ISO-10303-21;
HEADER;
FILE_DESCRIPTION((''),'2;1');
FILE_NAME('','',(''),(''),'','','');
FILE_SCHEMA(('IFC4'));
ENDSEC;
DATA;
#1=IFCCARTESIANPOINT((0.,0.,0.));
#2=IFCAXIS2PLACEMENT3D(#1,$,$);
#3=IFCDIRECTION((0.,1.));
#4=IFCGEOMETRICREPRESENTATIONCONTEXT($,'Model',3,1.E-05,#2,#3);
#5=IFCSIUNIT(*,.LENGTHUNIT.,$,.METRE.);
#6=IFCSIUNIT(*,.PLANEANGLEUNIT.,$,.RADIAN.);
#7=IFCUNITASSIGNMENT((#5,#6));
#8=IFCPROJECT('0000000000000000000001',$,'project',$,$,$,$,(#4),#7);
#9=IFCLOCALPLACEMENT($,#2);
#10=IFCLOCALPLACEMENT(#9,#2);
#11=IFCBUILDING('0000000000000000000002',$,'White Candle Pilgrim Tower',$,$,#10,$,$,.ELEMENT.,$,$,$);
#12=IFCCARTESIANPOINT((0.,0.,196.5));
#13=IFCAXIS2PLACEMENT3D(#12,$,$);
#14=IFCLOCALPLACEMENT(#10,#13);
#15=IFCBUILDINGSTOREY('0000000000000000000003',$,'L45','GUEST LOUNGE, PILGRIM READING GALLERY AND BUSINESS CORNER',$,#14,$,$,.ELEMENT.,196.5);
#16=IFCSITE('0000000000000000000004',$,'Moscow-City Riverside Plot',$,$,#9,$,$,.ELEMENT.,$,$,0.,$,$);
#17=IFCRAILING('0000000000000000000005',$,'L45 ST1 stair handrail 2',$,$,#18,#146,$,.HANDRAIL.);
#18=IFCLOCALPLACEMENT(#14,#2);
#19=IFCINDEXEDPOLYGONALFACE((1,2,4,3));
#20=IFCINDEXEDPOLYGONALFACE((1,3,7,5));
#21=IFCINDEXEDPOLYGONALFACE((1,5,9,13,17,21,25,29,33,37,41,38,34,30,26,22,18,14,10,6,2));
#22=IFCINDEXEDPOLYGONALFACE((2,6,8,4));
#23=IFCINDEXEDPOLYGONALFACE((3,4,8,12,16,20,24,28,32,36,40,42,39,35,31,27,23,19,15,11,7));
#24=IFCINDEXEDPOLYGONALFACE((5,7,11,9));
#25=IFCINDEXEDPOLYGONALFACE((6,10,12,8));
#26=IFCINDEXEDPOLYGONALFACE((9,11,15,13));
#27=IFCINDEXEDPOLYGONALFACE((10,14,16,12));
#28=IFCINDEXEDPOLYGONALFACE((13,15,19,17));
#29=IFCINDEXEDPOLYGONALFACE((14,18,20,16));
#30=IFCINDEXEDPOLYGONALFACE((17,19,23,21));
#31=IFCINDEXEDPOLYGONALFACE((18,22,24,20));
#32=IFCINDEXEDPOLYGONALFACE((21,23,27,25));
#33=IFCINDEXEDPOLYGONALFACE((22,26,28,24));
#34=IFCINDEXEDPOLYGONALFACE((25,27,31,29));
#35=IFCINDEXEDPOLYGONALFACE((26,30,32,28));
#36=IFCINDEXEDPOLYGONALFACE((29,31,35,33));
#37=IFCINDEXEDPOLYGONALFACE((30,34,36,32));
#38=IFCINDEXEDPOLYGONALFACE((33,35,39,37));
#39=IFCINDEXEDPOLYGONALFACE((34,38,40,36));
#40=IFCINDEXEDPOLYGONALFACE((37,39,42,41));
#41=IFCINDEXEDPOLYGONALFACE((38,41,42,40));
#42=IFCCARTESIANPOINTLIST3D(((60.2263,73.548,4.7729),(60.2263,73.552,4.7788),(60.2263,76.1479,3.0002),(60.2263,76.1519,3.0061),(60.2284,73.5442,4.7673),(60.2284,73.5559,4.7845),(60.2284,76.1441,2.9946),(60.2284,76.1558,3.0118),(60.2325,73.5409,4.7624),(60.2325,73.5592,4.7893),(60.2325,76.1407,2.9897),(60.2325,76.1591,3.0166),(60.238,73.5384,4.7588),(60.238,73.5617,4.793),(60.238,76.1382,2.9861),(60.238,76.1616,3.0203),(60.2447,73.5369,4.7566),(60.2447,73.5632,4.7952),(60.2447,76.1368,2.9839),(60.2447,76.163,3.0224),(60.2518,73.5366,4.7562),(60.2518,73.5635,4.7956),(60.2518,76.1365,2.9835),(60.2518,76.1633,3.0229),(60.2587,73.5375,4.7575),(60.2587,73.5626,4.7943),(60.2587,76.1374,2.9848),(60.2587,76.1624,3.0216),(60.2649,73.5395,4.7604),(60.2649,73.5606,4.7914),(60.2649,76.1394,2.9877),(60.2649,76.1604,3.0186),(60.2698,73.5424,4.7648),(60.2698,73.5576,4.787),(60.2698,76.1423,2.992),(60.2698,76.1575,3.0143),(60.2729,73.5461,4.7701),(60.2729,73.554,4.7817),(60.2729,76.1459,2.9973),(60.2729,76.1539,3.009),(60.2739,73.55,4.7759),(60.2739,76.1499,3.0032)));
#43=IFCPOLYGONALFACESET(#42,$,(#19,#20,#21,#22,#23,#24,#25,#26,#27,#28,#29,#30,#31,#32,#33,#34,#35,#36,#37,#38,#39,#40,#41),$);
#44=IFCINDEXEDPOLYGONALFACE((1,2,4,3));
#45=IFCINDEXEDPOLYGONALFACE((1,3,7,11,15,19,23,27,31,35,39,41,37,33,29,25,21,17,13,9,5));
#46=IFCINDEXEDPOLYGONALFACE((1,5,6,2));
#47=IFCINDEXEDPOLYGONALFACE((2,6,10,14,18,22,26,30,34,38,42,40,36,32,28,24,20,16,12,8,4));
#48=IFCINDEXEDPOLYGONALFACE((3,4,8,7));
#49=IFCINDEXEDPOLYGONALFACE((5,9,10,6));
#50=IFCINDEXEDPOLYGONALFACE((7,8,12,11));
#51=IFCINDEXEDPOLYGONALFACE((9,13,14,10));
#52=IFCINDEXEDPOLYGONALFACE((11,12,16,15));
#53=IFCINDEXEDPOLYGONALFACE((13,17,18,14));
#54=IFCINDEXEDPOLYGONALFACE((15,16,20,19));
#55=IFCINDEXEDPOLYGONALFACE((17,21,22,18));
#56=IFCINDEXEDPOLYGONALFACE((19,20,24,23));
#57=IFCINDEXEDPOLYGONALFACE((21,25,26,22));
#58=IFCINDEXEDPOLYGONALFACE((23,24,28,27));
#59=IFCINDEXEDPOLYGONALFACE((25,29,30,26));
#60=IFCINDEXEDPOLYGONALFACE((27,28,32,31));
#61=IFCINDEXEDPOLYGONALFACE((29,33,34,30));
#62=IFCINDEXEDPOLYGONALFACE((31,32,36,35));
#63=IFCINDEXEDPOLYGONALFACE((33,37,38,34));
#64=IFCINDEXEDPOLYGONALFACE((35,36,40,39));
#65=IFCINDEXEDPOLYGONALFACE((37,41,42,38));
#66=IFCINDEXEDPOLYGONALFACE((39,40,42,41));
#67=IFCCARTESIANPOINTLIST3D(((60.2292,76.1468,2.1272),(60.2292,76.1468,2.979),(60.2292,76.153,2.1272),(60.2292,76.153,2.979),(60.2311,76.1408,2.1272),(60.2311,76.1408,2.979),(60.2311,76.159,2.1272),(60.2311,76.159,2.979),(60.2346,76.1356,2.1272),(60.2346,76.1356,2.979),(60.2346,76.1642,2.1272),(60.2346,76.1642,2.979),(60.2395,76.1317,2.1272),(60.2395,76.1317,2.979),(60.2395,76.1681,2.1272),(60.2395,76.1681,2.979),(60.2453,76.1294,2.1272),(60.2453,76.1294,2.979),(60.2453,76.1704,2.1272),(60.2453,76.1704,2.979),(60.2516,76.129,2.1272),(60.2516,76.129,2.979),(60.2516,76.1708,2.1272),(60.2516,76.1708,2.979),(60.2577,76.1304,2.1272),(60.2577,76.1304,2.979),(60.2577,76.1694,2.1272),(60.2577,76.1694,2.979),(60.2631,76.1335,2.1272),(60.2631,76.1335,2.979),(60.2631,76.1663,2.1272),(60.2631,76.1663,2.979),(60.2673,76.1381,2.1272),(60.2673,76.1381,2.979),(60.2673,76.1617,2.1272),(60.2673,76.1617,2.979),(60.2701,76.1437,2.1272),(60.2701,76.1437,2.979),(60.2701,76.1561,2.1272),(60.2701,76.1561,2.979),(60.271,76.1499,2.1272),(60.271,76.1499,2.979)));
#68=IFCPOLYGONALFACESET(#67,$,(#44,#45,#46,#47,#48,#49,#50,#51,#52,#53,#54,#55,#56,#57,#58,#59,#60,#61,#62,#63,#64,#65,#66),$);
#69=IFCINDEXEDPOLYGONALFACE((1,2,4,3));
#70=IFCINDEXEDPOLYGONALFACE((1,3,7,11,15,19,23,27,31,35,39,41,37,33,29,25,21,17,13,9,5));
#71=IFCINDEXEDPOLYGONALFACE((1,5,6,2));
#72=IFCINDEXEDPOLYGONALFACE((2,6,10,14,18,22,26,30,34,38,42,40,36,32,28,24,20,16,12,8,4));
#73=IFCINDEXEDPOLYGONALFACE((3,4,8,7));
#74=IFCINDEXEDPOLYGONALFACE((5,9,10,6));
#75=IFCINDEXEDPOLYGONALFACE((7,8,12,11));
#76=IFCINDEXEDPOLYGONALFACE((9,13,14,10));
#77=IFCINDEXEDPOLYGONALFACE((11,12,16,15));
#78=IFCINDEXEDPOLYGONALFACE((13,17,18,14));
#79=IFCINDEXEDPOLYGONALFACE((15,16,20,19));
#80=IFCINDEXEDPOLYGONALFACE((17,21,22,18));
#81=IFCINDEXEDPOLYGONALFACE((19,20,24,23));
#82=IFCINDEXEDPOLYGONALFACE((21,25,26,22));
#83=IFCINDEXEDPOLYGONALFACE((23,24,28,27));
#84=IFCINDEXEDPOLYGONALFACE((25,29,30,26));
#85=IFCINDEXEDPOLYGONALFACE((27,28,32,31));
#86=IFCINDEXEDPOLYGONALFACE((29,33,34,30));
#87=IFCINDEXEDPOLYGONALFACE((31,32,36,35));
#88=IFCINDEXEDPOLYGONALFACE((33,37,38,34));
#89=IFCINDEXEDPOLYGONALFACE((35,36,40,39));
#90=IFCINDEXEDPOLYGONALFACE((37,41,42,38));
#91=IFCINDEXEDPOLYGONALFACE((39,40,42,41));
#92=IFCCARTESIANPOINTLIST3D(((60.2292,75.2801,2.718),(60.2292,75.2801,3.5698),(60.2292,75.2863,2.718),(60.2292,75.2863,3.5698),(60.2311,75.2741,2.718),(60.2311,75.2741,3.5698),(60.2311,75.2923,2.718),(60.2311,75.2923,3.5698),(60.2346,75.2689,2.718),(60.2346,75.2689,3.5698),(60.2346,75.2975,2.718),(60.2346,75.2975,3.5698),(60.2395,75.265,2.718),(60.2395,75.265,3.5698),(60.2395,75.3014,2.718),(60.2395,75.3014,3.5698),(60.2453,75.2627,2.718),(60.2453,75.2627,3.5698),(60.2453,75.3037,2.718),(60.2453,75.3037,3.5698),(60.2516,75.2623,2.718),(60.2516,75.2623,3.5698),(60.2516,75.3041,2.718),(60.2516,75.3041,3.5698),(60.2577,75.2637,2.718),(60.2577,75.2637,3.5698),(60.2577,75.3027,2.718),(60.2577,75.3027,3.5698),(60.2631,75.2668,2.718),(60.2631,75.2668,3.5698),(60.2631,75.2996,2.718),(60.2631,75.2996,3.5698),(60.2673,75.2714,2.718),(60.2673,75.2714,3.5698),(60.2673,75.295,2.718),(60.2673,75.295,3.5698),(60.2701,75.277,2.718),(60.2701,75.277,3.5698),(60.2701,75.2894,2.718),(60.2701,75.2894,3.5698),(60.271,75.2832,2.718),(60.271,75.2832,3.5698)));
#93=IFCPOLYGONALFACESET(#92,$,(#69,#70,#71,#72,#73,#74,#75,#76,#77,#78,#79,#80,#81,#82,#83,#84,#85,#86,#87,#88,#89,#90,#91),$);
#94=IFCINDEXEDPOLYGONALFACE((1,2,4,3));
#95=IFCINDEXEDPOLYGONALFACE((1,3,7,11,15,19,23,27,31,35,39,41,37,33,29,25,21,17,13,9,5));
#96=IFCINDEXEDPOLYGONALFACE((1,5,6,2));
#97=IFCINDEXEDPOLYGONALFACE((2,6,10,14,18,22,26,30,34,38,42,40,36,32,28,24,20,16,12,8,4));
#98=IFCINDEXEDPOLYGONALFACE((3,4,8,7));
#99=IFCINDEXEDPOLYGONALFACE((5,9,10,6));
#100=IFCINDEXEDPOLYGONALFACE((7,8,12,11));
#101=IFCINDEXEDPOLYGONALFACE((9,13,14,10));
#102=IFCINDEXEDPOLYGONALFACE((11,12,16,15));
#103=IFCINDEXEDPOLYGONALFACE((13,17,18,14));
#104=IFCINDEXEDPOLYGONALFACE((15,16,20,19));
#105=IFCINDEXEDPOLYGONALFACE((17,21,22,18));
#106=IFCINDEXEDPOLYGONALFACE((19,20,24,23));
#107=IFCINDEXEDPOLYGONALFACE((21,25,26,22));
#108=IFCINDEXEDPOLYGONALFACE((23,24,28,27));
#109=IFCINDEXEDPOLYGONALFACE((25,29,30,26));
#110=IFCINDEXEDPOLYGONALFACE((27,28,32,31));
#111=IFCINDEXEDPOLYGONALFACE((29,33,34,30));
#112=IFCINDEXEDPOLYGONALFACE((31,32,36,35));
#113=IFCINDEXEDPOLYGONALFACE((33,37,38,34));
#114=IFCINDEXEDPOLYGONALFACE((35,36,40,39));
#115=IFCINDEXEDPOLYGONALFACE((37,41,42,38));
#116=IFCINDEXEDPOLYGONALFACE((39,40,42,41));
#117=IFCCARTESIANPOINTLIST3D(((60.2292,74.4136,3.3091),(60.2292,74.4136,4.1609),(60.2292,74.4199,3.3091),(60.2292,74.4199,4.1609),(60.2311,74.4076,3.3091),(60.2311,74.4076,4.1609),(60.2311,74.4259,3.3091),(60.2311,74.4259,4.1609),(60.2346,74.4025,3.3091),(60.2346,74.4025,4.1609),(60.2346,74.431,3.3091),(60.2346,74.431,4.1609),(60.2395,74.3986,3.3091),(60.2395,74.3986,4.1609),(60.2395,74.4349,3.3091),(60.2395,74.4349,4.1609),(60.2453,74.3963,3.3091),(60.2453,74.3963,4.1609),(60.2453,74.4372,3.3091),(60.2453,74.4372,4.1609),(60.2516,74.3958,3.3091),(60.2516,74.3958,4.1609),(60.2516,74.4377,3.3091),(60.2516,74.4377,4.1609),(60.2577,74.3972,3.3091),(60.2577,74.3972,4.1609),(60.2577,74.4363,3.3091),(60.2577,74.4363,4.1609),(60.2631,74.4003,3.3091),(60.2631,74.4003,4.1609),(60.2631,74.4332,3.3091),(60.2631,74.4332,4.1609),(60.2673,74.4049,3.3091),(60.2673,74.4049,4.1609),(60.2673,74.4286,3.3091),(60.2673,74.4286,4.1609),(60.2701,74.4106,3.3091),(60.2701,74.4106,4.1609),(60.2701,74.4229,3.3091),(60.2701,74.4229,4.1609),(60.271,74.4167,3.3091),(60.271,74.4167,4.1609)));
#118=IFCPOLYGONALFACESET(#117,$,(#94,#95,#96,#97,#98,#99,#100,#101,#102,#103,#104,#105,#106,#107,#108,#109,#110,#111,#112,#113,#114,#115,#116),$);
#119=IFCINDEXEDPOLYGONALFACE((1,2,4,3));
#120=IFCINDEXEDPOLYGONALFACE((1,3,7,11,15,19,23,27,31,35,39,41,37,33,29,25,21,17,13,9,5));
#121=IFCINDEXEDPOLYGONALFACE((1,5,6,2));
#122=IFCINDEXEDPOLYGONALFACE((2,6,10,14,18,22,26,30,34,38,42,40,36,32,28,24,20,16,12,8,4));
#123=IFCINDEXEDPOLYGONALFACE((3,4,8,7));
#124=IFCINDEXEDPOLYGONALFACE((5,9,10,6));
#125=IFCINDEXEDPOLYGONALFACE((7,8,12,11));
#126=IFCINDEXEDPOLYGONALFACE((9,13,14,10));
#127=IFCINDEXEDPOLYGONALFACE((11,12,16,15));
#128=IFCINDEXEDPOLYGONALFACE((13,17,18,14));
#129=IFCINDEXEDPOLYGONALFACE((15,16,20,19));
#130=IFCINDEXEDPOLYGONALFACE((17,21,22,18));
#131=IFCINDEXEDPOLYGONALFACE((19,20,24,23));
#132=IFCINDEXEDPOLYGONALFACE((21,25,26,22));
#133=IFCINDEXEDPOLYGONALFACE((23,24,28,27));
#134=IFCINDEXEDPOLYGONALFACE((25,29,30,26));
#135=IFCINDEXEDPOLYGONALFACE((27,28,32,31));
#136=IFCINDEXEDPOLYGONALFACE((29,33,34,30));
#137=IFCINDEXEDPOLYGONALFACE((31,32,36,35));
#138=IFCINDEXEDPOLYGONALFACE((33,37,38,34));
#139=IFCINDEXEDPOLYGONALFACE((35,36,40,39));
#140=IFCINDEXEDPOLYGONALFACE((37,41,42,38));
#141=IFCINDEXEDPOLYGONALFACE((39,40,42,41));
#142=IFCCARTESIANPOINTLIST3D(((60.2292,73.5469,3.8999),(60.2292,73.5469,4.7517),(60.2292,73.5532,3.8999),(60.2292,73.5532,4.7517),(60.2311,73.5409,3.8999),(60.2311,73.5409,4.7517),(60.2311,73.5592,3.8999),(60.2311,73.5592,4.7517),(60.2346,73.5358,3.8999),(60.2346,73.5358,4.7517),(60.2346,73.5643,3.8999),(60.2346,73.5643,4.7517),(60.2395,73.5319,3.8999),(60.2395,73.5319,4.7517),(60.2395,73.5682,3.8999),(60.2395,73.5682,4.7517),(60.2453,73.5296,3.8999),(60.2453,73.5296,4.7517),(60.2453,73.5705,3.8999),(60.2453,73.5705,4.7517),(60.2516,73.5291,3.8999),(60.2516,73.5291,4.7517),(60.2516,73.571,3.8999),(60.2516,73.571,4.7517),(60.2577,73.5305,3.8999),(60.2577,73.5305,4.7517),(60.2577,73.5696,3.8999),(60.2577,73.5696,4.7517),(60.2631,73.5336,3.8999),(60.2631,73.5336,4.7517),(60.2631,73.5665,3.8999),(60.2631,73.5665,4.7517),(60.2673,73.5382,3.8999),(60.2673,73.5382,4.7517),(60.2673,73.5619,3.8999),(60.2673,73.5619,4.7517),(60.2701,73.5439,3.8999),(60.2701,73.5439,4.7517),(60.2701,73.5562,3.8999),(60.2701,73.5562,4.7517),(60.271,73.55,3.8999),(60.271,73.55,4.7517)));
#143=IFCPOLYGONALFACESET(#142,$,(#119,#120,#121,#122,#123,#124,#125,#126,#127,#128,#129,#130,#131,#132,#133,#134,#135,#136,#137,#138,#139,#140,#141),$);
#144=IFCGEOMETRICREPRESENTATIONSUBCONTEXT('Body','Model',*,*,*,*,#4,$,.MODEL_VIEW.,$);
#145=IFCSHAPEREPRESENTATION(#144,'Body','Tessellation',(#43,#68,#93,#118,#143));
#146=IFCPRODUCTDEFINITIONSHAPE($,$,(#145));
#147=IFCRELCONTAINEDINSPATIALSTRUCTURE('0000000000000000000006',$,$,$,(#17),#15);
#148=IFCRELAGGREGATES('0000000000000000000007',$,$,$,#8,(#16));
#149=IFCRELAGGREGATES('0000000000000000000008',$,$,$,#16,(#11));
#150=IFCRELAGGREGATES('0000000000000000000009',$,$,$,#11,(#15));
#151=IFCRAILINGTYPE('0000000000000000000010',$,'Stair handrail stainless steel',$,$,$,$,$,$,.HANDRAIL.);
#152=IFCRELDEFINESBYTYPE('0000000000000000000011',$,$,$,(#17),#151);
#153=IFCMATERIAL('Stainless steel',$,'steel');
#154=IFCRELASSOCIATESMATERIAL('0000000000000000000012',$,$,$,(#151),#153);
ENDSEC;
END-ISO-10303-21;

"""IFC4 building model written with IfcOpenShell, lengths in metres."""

from ifc_helpers import new_model, si_unit, direction, frame, origin, origin_2d, place, context, subcontext, project, spatial, circle, extrude, material, type_object, element, save


model = new_model("IFC4")

# Units and contexts
model_context = context("Model", 3, precision=1e-05, world=origin(), true_north=direction((0.0, 1.0)))
body_context = subcontext(model_context, "Body", "Model", "MODEL_VIEW")
ifc_project = project(units=[si_unit("LENGTHUNIT", "METRE"), si_unit("PLANEANGLEUNIT", "RADIAN")], contexts=[model_context])

# Site, building, storey
site_placement = place(None, origin())
site = spatial("IfcSite", under=ifc_project, at=site_placement, Name="Moscow-City Riverside Plot", CompositionType="ELEMENT", RefElevation=0.0)
building_placement = place(site_placement, origin())
building = spatial("IfcBuilding", under=site, at=building_placement, Name="White Candle Pilgrim Tower", CompositionType="ELEMENT")
storey_placement = place(building_placement, frame((0.0, 0.0, 196.5)))
storey = spatial("IfcBuildingStorey", under=building, at=storey_placement, Name="L45", Description="GUEST LOUNGE, PILGRIM READING GALLERY AND BUSINESS CORNER", CompositionType="ELEMENT", Elevation=196.5)

# Shared definitions
ifc_material_1 = material(Name="Stainless steel", Category="steel")

# Railing
railing_type_1 = type_object("IfcRailingType", Name="Stair handrail stainless steel", PredefinedType="HANDRAIL", material=ifc_material_1)
railing_1_placement = place(storey_placement, frame((60.25, 76.1499, 2.1272)))
element("IfcRailing", 1, at=railing_1_placement, inside=storey, type_object=railing_type_1, Name="L45 ST1 stair handrail 2", PredefinedType="HANDRAIL", context=body_context, shape_type="SweptSolid", body=[
    extrude(circle(Radius=0.0239, at=origin_2d()), frame((0.0, 0.0, 0.876), z_axis=(0.0, -0.826216, 0.563354), x_axis=(1.0, 0.0, 0.0)), (0.0, 0.0, 1.0), 3.1467),
    extrude(circle(Radius=0.021, at=origin_2d()), origin(), (0.0, 0.0, 1.0), 0.8518),
    extrude(circle(Radius=0.021, at=origin_2d()), frame((0.0, -0.8667, 0.5908)), (0.0, 0.0, 1.0), 0.8518),
    extrude(circle(Radius=0.021, at=origin_2d()), frame((0.0, -1.7332, 1.1819)), (0.0, 0.0, 1.0), 0.8518),
    extrude(circle(Radius=0.021, at=origin_2d()), frame((0.0, -2.5999, 1.7727)), (0.0, 0.0, 1.0), 0.8518),
])

save(model, "model.ifc")
